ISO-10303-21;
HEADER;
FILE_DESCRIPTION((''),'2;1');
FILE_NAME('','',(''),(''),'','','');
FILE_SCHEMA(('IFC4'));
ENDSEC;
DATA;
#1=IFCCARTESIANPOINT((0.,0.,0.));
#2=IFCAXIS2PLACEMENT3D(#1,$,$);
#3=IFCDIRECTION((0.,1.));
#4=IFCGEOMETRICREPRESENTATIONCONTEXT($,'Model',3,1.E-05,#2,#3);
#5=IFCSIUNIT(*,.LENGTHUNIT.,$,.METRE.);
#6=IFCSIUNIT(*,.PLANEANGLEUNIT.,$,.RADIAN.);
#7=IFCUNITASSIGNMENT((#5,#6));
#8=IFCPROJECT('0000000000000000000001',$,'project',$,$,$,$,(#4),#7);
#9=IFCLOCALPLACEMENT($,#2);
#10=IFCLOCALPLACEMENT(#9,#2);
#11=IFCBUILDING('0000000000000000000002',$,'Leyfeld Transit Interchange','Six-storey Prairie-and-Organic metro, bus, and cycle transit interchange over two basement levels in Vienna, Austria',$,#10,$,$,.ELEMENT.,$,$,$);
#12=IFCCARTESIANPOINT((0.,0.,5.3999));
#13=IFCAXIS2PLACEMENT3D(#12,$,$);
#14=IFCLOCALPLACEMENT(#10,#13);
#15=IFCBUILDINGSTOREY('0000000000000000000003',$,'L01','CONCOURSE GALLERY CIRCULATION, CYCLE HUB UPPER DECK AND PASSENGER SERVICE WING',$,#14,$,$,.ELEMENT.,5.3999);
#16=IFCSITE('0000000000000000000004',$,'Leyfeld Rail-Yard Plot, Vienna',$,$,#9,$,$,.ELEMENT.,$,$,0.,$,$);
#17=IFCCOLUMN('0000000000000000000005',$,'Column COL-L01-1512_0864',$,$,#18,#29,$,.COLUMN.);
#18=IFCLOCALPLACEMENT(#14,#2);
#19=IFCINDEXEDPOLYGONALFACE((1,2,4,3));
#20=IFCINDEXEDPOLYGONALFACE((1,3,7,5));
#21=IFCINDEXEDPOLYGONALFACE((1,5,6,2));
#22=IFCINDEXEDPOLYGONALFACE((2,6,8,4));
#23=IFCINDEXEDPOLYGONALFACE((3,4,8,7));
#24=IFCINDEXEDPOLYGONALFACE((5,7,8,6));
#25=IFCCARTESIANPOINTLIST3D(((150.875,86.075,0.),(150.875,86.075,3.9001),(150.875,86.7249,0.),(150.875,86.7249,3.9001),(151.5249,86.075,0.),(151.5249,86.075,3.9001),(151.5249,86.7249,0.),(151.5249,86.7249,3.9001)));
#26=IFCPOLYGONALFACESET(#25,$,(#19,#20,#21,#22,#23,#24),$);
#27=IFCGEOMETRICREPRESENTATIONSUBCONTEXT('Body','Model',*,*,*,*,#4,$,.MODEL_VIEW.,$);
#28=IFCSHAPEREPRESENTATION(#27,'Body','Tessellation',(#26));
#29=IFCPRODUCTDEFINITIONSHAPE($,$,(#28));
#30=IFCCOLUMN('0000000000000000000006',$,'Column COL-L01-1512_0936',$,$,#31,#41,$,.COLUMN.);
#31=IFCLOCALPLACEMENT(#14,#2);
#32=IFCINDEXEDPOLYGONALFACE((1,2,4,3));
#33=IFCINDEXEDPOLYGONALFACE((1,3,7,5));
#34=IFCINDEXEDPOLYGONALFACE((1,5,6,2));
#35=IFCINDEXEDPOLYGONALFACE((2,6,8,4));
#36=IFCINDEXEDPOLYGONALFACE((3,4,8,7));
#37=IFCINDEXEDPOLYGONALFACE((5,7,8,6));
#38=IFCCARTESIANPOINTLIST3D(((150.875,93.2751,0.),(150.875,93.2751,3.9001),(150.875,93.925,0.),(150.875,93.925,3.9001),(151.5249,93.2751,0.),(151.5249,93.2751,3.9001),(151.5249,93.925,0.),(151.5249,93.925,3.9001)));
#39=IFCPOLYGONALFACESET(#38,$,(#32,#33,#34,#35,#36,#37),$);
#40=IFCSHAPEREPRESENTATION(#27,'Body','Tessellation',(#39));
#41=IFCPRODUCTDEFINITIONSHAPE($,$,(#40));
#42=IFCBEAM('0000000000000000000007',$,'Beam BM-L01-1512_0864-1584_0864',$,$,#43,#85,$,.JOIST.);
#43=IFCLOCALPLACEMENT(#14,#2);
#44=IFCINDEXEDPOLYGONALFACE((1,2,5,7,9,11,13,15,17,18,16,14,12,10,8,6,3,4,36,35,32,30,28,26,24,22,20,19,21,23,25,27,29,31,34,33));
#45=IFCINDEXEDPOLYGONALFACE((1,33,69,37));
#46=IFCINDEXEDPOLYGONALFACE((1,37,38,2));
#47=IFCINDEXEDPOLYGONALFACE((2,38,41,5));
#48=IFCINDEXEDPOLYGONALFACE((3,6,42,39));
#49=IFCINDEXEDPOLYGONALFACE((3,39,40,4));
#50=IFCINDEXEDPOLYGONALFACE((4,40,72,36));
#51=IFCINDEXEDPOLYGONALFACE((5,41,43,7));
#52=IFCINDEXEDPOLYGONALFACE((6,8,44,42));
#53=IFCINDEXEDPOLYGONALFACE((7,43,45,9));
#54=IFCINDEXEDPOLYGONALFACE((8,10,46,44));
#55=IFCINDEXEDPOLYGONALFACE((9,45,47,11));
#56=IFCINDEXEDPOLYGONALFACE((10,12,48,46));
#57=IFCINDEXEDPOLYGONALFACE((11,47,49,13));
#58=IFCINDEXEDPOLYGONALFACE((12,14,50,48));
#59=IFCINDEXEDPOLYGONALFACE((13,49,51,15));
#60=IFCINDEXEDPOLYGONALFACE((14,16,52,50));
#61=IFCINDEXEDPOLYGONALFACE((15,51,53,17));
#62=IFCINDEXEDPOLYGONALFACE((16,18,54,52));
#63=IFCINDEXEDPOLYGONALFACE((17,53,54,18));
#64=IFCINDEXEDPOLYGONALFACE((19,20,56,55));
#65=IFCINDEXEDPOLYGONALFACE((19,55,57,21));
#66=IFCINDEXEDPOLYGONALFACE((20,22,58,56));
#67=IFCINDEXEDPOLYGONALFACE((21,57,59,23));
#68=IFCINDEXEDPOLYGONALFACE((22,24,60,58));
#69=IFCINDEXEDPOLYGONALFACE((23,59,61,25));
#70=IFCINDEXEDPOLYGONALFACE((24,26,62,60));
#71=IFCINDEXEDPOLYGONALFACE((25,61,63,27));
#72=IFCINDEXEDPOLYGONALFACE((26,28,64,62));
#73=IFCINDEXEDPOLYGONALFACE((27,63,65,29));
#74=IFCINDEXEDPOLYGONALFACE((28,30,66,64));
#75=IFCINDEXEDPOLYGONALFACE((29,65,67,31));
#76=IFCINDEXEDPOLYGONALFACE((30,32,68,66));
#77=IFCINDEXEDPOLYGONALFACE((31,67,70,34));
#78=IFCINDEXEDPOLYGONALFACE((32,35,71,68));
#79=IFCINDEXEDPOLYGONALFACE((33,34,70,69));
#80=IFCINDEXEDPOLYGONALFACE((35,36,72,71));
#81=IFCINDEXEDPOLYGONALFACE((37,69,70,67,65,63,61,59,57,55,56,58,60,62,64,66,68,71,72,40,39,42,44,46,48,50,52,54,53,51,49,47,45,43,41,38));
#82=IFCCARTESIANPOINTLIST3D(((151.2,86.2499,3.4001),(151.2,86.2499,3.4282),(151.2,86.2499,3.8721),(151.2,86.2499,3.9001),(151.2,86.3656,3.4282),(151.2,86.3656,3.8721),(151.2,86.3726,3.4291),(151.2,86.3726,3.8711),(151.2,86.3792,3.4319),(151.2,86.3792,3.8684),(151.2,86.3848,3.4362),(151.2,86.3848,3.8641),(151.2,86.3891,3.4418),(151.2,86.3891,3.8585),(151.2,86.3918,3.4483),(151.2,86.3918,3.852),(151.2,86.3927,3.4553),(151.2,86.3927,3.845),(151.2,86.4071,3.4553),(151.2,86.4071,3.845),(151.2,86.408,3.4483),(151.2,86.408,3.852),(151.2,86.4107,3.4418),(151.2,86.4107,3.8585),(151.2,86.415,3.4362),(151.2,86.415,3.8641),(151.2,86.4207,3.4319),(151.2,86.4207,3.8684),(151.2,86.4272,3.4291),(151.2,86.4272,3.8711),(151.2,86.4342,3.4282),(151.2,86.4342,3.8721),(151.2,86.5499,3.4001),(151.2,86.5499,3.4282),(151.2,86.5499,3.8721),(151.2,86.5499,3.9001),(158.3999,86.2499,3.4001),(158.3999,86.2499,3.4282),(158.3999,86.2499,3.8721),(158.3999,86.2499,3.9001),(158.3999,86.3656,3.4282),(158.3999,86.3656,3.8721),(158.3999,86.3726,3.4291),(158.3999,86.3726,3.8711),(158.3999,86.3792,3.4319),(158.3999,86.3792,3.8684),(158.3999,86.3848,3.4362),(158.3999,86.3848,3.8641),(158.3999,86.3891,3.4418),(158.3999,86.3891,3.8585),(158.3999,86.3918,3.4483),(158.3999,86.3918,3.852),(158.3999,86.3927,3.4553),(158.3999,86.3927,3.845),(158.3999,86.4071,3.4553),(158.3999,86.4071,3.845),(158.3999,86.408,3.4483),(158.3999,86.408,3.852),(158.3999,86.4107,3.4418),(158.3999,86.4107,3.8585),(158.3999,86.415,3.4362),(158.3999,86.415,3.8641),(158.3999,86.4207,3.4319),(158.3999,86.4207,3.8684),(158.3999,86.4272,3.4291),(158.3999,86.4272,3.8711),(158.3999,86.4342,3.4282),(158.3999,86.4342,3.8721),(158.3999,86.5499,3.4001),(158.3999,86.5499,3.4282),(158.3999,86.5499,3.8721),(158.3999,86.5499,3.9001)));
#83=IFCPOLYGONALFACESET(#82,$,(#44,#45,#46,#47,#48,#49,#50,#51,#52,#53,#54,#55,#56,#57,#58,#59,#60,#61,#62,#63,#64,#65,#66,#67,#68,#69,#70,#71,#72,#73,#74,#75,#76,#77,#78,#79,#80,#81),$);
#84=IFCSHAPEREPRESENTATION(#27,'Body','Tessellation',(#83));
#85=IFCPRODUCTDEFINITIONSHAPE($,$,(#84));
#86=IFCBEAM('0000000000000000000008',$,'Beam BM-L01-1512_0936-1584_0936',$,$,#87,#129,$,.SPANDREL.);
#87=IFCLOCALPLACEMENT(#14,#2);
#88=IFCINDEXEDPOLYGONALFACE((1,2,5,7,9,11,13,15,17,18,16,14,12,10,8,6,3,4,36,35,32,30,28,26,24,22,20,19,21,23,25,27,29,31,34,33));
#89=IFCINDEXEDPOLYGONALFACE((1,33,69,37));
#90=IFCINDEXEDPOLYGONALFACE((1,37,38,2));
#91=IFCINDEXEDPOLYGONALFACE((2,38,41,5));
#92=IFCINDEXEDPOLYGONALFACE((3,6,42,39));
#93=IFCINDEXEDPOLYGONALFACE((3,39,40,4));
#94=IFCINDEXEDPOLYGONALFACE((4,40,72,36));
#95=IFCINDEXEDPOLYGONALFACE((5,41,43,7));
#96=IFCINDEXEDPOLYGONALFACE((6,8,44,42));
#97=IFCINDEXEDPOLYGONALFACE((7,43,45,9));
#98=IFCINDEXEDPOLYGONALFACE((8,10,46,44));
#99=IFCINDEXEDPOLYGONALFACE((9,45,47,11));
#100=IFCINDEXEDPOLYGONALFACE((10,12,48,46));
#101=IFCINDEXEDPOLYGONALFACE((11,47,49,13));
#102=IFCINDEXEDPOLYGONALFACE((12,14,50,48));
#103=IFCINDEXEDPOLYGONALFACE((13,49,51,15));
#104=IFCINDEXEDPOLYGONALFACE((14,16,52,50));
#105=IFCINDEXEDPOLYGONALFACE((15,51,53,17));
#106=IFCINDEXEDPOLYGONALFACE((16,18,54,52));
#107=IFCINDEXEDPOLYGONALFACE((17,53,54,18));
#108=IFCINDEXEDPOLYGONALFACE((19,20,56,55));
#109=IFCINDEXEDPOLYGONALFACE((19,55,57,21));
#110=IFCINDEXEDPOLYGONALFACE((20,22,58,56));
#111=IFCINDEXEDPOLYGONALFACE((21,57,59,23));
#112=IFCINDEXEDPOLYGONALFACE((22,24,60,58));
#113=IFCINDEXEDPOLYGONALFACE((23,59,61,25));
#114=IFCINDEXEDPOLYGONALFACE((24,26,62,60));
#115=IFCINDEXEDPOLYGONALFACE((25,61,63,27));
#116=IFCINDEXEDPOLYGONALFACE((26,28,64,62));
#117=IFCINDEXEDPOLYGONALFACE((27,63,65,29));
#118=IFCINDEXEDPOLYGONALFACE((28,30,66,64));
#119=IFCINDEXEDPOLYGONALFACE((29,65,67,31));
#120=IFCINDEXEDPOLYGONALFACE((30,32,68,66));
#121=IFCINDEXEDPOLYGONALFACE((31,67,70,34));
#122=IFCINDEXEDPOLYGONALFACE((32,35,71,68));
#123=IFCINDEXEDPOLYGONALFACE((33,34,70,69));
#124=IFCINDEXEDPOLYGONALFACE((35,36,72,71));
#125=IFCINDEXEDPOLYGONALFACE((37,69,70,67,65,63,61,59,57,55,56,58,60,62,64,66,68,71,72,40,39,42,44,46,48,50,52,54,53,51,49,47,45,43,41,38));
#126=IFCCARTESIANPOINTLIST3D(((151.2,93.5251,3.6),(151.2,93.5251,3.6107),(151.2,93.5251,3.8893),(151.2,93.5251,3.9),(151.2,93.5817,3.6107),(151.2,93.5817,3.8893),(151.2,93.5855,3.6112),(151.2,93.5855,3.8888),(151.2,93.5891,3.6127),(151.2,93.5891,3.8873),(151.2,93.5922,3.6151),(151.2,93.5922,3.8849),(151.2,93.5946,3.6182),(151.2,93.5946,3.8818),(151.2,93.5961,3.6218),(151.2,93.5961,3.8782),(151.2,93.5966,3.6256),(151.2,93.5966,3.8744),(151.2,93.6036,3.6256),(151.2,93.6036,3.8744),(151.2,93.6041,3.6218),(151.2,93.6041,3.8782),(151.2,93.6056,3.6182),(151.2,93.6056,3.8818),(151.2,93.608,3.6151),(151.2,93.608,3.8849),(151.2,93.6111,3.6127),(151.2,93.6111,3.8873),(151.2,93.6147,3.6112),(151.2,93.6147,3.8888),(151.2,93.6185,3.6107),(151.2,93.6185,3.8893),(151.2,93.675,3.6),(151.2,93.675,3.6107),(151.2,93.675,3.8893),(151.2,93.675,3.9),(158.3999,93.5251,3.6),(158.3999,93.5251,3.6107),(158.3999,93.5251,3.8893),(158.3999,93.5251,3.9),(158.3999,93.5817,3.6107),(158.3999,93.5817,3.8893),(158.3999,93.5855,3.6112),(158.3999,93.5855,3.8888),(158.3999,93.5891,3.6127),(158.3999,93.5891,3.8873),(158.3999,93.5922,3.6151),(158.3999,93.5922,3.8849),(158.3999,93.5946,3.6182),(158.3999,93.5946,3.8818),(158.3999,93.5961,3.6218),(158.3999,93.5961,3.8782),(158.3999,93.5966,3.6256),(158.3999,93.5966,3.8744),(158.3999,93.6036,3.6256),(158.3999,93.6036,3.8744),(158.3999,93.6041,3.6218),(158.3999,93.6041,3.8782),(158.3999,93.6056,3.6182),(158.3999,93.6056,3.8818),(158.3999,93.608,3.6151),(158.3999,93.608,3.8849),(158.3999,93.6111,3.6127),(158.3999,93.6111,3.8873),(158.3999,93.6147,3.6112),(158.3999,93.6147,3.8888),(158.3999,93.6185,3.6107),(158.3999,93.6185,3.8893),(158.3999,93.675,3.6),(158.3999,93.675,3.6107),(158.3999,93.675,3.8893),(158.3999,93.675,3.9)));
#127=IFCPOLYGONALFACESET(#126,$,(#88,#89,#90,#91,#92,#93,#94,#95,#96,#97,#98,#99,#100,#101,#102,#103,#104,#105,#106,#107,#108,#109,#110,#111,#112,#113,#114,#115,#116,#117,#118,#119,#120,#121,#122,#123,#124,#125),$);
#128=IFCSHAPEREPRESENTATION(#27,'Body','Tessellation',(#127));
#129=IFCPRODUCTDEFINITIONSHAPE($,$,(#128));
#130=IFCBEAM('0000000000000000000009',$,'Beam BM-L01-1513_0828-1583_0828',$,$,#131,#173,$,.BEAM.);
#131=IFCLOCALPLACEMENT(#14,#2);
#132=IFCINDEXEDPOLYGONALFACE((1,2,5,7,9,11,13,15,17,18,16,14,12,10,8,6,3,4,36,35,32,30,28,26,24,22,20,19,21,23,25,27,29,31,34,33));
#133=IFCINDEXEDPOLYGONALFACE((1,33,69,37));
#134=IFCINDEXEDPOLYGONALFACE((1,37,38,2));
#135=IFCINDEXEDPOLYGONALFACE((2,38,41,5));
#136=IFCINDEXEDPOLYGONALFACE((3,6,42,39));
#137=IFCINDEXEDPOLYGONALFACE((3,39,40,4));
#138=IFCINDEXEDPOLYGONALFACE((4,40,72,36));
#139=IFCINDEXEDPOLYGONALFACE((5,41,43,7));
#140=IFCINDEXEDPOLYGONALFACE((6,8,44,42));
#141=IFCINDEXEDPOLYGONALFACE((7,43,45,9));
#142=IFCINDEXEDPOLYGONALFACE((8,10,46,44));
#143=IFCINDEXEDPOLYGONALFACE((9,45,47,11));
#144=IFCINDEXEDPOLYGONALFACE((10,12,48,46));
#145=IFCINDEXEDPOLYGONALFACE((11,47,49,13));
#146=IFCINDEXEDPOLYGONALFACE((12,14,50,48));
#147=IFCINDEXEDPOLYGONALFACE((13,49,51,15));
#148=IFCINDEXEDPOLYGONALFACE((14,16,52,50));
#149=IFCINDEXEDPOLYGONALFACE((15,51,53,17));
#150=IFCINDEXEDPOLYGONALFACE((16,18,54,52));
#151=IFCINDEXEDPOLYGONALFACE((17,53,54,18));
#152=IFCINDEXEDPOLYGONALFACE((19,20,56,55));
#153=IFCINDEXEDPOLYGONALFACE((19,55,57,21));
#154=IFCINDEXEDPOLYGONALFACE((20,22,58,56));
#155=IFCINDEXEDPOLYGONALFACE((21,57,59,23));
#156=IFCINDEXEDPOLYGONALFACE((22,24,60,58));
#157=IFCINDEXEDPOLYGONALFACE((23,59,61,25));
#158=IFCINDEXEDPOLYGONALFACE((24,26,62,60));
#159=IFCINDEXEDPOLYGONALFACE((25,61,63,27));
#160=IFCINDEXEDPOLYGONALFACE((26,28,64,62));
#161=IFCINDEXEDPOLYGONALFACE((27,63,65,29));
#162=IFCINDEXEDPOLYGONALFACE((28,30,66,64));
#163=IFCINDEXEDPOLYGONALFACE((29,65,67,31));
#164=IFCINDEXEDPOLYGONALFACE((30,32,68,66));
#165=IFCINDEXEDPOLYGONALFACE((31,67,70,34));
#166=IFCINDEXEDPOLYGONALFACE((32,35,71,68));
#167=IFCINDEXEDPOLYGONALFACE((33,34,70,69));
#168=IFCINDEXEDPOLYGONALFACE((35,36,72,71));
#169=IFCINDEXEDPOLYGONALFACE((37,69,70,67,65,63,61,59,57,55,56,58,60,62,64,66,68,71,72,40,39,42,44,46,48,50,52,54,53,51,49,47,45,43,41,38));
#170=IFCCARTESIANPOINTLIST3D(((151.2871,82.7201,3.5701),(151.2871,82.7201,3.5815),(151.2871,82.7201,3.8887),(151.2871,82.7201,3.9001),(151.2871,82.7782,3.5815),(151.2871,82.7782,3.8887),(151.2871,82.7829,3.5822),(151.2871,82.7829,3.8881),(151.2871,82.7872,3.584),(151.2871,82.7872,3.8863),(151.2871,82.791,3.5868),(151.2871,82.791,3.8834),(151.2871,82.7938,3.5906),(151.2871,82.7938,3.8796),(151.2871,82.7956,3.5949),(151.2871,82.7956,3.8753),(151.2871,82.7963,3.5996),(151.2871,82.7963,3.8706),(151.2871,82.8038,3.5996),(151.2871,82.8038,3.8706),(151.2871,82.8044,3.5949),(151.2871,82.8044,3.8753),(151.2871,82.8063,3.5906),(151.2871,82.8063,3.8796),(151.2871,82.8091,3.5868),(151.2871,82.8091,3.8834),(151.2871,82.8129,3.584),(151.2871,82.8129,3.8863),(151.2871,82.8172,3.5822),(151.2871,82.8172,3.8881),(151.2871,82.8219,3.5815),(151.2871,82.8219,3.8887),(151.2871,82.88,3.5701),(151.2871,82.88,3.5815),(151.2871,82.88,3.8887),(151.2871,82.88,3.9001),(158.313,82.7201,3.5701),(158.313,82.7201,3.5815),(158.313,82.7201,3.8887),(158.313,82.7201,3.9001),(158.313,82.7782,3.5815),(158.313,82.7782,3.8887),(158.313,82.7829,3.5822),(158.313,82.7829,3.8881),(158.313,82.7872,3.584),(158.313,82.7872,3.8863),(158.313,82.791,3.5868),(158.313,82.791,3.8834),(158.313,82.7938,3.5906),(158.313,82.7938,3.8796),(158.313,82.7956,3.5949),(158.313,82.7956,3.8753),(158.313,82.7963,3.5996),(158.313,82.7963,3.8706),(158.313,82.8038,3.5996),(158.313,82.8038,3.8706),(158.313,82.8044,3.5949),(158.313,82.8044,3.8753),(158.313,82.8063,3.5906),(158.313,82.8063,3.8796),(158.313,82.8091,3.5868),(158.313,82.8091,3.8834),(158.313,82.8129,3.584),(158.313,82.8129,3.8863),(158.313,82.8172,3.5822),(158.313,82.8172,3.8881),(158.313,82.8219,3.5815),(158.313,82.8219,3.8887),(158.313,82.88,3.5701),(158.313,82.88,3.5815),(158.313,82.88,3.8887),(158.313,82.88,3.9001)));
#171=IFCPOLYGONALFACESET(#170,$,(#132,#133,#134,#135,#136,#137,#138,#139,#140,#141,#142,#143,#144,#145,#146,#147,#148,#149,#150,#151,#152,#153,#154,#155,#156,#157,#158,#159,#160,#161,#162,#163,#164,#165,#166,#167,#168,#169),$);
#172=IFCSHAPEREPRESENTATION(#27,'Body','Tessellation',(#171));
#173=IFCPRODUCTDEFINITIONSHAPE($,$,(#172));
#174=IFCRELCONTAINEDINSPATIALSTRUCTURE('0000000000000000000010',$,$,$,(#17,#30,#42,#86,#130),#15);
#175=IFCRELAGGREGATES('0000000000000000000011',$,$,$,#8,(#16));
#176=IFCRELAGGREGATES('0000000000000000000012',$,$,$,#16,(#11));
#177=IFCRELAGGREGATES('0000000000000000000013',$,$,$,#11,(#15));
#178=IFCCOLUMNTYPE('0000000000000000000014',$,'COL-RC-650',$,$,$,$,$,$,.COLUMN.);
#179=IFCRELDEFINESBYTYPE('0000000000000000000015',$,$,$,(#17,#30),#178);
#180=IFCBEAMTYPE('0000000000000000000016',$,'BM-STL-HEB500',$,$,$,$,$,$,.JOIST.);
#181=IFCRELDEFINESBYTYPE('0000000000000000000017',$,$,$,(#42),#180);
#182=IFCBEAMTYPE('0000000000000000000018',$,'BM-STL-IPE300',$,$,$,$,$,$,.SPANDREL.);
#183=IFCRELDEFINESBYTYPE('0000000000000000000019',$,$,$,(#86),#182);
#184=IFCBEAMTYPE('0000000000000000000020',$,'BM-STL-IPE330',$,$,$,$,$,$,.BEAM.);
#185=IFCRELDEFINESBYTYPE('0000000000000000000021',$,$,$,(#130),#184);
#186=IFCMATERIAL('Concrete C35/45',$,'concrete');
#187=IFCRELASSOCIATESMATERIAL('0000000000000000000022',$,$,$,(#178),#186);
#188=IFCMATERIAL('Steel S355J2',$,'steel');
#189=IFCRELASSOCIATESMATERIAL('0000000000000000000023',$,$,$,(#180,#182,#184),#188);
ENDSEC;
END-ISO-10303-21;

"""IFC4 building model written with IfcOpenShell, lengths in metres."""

from ifc_helpers import new_model, si_unit, direction, frame, origin, origin_2d, place, context, subcontext, project, spatial, rectangle, i_section, extrude, material, material_profile, profile_set, type_object, element, save


model = new_model("IFC4")

# Units and contexts
model_context = context("Model", 3, precision=1e-05, world=origin(), true_north=direction((0.0, 1.0)))
body_context = subcontext(model_context, "Body", "Model", "MODEL_VIEW")
ifc_project = project(units=[si_unit("LENGTHUNIT", "METRE"), si_unit("PLANEANGLEUNIT", "RADIAN")], contexts=[model_context])

# Site, building, storey
site_placement = place(None, origin())
site = spatial("IfcSite", under=ifc_project, at=site_placement, Name="Leyfeld Rail-Yard Plot, Vienna", CompositionType="ELEMENT", RefElevation=0.0)
building_placement = place(site_placement, origin())
building = spatial("IfcBuilding", under=site, at=building_placement, Name="Leyfeld Transit Interchange", Description="Six-storey Prairie-and-Organic metro, bus, and cycle transit interchange over two basement levels in Vienna, Austria", CompositionType="ELEMENT")
storey_placement = place(building_placement, frame((0.0, 0.0, 5.3999)))
storey = spatial("IfcBuildingStorey", under=building, at=storey_placement, Name="L01", Description="CONCOURSE GALLERY CIRCULATION, CYCLE HUB UPPER DECK AND PASSENGER SERVICE WING", CompositionType="ELEMENT", Elevation=5.3999)

# Columns
ifc_material_1 = material(Name="Concrete C35/45", Category="concrete")
ifc_material_profile_1 = material_profile(ifc_material_1, rectangle(XDim=0.6499, YDim=0.6499, at=origin_2d()), Name="RC 650x650")
ifc_profile_set_1 = profile_set([ifc_material_profile_1], Name="Concrete C35/45")
column_type = type_object("IfcColumnType", Name="COL-RC-650", PredefinedType="COLUMN", material=ifc_profile_set_1)
for number, where, z_axis, x_axis, name in (
    (1, (151.2, 86.3999, 0.0), (0.0, 0.0, 1.0), (1.0, 0.0, 0.0), "Column COL-L01-1512_0864"),
    (2, (151.2, 93.6001, 0.0), (0.0, 0.0, 1.0), (1.0, 0.0, 0.0), "Column COL-L01-1512_0936"),
):
    element("IfcColumn", number, at=place(storey_placement, frame(where, z_axis=z_axis, x_axis=x_axis)), inside=storey, type_object=column_type, Name=name, PredefinedType="COLUMN", context=body_context, shape_type="SweptSolid", body=[
        extrude(rectangle(XDim=0.6499, YDim=0.6499, at=origin_2d()), origin(), (0.0, 0.0, 1.0), 3.9001),
    ])

# Beams
ifc_material_2 = material(Name="Steel S355J2", Category="steel")
ifc_material_profile_2 = material_profile(ifc_material_2, i_section(OverallWidth=0.3, OverallDepth=0.5, WebThickness=0.0144, FlangeThickness=0.0281, FilletRadius=0.0271, at=origin_2d()), Name="HEB 500")
ifc_profile_set_2 = profile_set([ifc_material_profile_2], Name="Steel S355J2")
beam_type_1 = type_object("IfcBeamType", Name="BM-STL-HEB500", PredefinedType="JOIST", material=ifc_profile_set_2)
beam_1_placement = place(storey_placement, frame((151.2, 86.3999, 3.6501), z_axis=(1.0, 0.0, 0.0), x_axis=(0.0, 1.0, 0.0)))
element("IfcBeam", 3, at=beam_1_placement, inside=storey, type_object=beam_type_1, Name="Beam BM-L01-1512_0864-1584_0864", PredefinedType="JOIST", context=body_context, shape_type="SweptSolid", body=[
    extrude(i_section(OverallWidth=0.3, OverallDepth=0.5, WebThickness=0.0144, FlangeThickness=0.0281, FilletRadius=0.0271, at=origin_2d()), origin(), (0.0, 0.0, 1.0), 7.2),
])
ifc_material_profile_3 = material_profile(ifc_material_2, i_section(OverallWidth=0.1499, OverallDepth=0.3, WebThickness=0.0071, FlangeThickness=0.0107, FilletRadius=0.0149, at=origin_2d()), Name="IPE 300")
ifc_profile_set_3 = profile_set([ifc_material_profile_3], Name="Steel S355J2")
beam_type_2 = type_object("IfcBeamType", Name="BM-STL-IPE300", PredefinedType="SPANDREL", material=ifc_profile_set_3)
beam_2_placement = place(storey_placement, frame((151.2, 93.6001, 3.75), z_axis=(1.0, 0.0, 0.0), x_axis=(0.0, 1.0, 0.0)))
element("IfcBeam", 4, at=beam_2_placement, inside=storey, type_object=beam_type_2, Name="Beam BM-L01-1512_0936-1584_0936", PredefinedType="SPANDREL", context=body_context, shape_type="SweptSolid", body=[
    extrude(i_section(OverallWidth=0.1499, OverallDepth=0.3, WebThickness=0.0071, FlangeThickness=0.0107, FilletRadius=0.0149, at=origin_2d()), origin(), (0.0, 0.0, 1.0), 7.2),
])
ifc_material_profile_4 = material_profile(ifc_material_2, i_section(OverallWidth=0.1599, OverallDepth=0.3301, WebThickness=0.0076, FlangeThickness=0.0115, FilletRadius=0.0181, at=origin_2d()), Name="IPE 330")
ifc_profile_set_4 = profile_set([ifc_material_profile_4], Name="Steel S355J2")
beam_type_3 = type_object("IfcBeamType", Name="BM-STL-IPE330", PredefinedType="BEAM", material=ifc_profile_set_4)
for number, where, z_axis, x_axis, name in (
    (5, (151.2871, 82.8, 3.7351), (1.0, 0.0, 0.0), (0.0, 1.0, 0.0), "Beam BM-L01-1513_0828-1583_0828"),
):
    element("IfcBeam", number, at=place(storey_placement, frame(where, z_axis=z_axis, x_axis=x_axis)), inside=storey, type_object=beam_type_3, Name=name, PredefinedType="BEAM", context=body_context, shape_type="SweptSolid", body=[
        extrude(i_section(OverallWidth=0.1599, OverallDepth=0.3301, WebThickness=0.0076, FlangeThickness=0.0115, FilletRadius=0.0181, at=origin_2d()), origin(), (0.0, 0.0, 1.0), 7.0259),
    ])

save(model, "model.ifc")
